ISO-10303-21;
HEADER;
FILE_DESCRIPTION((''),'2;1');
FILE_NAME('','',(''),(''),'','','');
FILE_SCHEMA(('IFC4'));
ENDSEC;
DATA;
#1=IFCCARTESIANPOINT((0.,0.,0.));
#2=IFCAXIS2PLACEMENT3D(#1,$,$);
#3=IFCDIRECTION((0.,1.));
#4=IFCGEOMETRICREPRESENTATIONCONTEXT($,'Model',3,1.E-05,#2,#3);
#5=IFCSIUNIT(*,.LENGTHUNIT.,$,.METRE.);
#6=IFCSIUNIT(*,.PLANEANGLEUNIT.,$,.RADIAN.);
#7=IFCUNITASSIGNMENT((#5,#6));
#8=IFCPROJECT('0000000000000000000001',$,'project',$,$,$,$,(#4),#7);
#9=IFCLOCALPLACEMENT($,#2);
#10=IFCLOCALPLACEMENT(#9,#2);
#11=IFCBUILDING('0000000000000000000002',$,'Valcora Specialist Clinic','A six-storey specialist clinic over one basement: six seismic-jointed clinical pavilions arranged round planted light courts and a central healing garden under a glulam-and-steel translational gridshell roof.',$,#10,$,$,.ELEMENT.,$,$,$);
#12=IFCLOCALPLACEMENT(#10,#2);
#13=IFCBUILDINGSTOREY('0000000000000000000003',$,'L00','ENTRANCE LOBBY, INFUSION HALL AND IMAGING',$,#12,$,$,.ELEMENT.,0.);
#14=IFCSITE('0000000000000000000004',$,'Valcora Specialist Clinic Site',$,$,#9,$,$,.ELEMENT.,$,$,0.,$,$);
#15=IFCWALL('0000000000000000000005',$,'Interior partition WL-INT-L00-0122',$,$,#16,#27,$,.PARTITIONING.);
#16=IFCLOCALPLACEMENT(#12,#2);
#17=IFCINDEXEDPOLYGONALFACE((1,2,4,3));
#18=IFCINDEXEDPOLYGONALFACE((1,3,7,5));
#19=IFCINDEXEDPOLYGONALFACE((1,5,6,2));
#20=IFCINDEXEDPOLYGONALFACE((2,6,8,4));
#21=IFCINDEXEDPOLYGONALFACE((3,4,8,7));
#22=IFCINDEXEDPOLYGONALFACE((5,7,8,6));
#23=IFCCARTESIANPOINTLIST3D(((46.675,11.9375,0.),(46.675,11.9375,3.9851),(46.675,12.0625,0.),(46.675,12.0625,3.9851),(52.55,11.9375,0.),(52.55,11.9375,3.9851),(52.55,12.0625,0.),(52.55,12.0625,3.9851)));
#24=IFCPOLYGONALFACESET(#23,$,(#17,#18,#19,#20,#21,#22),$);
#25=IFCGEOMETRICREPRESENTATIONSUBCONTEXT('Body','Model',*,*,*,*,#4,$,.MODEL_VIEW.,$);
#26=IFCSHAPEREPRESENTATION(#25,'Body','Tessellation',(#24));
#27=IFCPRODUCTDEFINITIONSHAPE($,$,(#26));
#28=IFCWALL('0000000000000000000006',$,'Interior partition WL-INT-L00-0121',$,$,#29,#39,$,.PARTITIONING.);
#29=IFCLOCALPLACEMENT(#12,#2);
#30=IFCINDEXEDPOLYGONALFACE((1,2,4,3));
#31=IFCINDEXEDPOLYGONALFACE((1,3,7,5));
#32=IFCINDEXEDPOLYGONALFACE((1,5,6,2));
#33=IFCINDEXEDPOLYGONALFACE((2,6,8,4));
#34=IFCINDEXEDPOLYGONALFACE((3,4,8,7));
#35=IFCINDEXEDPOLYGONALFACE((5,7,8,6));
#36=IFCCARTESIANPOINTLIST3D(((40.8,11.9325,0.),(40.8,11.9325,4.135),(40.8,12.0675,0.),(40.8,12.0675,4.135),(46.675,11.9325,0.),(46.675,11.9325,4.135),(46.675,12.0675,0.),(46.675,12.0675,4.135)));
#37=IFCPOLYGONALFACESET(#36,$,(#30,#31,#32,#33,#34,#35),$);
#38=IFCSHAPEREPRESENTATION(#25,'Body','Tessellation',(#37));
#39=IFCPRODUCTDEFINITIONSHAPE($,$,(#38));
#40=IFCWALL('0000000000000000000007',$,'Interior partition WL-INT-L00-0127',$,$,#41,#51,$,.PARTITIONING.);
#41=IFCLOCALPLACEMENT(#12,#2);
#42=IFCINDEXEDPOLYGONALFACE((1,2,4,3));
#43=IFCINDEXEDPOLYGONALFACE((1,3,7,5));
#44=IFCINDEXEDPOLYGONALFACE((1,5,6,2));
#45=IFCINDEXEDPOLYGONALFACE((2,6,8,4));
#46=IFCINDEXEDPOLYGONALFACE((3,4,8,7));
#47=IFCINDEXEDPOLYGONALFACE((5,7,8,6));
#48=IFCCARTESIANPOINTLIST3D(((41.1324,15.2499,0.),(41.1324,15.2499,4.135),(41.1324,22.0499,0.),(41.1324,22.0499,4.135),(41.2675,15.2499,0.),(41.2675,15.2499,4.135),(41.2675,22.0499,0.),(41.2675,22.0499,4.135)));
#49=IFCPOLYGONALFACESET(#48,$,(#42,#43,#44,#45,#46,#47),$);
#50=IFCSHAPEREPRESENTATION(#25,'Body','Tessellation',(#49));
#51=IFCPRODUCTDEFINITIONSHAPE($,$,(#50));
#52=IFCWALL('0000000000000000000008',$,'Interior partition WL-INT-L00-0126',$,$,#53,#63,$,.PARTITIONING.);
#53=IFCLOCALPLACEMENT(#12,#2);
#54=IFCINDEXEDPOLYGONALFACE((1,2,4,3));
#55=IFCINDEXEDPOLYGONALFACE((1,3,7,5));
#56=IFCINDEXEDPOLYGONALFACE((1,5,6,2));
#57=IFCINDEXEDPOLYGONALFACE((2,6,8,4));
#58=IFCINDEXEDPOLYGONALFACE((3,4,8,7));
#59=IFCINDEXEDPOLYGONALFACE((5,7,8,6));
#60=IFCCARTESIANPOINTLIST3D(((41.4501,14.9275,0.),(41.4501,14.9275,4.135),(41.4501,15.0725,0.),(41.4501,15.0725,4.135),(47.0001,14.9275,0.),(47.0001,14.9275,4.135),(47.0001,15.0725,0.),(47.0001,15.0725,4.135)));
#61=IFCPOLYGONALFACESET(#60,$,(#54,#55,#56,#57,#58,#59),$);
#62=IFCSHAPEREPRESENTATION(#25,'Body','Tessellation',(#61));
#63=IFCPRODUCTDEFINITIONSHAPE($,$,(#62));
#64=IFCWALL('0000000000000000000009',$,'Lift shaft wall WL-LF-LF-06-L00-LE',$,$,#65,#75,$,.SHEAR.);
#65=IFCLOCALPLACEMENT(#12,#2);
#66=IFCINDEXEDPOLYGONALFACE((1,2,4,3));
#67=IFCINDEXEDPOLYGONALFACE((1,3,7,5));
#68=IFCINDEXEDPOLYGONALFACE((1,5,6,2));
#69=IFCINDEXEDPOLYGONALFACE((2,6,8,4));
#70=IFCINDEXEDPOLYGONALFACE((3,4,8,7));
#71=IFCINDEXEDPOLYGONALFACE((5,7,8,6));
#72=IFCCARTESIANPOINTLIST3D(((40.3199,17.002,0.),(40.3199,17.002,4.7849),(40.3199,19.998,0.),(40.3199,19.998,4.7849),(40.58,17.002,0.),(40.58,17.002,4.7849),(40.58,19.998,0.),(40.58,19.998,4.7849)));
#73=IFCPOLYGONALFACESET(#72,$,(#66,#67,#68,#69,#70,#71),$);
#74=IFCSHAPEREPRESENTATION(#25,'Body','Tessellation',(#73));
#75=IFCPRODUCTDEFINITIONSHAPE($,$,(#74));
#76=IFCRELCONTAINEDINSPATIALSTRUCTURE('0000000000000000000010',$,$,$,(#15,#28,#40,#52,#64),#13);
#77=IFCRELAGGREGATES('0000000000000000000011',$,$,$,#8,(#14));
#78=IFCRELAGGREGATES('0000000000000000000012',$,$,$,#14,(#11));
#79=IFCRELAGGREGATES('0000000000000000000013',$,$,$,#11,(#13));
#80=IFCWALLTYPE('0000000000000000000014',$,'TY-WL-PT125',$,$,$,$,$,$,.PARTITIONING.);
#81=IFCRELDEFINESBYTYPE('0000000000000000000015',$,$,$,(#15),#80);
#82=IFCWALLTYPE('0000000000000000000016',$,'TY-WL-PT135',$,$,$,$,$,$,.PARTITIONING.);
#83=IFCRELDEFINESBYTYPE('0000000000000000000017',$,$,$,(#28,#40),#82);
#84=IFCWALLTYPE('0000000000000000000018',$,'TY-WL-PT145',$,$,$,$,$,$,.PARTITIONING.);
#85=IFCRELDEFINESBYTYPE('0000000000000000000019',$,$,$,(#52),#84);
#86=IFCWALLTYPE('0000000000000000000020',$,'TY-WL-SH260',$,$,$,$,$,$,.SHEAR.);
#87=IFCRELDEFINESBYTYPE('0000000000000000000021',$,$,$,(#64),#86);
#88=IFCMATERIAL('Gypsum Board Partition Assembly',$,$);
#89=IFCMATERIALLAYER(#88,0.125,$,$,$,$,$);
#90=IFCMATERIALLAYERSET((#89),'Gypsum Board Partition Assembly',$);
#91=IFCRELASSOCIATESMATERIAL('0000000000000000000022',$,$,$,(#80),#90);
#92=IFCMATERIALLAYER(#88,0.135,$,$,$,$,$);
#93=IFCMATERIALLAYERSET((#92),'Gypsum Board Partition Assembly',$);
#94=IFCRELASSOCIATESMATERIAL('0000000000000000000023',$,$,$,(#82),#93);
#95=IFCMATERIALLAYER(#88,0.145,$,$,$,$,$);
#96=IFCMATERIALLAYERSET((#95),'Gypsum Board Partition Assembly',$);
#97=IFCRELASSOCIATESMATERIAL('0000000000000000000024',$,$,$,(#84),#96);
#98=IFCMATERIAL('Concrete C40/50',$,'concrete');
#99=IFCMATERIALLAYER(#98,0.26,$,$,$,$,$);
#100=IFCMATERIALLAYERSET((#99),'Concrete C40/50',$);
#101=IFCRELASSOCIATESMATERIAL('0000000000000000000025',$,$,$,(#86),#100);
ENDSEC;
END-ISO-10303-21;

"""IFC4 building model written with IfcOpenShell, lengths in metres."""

from ifc_helpers import new_model, si_unit, direction, frame, frame_2d, origin, place, context, subcontext, project, spatial, rectangle, extrude, material, layer, layer_set, type_object, element, save


model = new_model("IFC4")

# Units and contexts
model_context = context("Model", 3, precision=1e-05, world=origin(), true_north=direction((0.0, 1.0)))
body_context = subcontext(model_context, "Body", "Model", "MODEL_VIEW")
ifc_project = project(units=[si_unit("LENGTHUNIT", "METRE"), si_unit("PLANEANGLEUNIT", "RADIAN")], contexts=[model_context])

# Site, building, storey
site_placement = place(None, origin())
site = spatial("IfcSite", under=ifc_project, at=site_placement, Name="Valcora Specialist Clinic Site", CompositionType="ELEMENT", RefElevation=0.0)
building_placement = place(site_placement, origin())
building = spatial("IfcBuilding", under=site, at=building_placement, Name="Valcora Specialist Clinic", Description="A six-storey specialist clinic over one basement: six seismic-jointed clinical pavilions arranged round planted light courts and a central healing garden under a glulam-and-steel translational gridshell roof.", CompositionType="ELEMENT")
storey_placement = place(building_placement, origin())
storey = spatial("IfcBuildingStorey", under=building, at=storey_placement, Name="L00", Description="ENTRANCE LOBBY, INFUSION HALL AND IMAGING", CompositionType="ELEMENT", Elevation=0.0)

# Shared definitions
ifc_material_1 = material(Name="Concrete C40/50", Category="concrete")

# Shared definitions
ifc_material_2 = material(Name="Gypsum Board Partition Assembly")

# Walls
ifc_layer_1 = layer(ifc_material_2, 0.125)
ifc_layer_set_1 = layer_set([ifc_layer_1], Name="Gypsum Board Partition Assembly")
wall_type_1 = type_object("IfcWallType", Name="TY-WL-PT125", PredefinedType="PARTITIONING", material=ifc_layer_set_1)
wall_1_placement = place(storey_placement, frame((46.675, 12.0, 0.0), z_axis=(0.0, 0.0, 1.0), x_axis=(1.0, 0.0, 0.0)))
element("IfcWall", 1, at=wall_1_placement, inside=storey, type_object=wall_type_1, Name="Interior partition WL-INT-L00-0122", PredefinedType="PARTITIONING", context=body_context, shape_type="SweptSolid", body=[
    extrude(rectangle(XDim=5.875, YDim=0.125, at=frame_2d((2.9375, 0.0))), origin(), (0.0, 0.0, 1.0), 3.9851),
])
ifc_layer_2 = layer(ifc_material_2, 0.135)
ifc_layer_set_2 = layer_set([ifc_layer_2], Name="Gypsum Board Partition Assembly")
wall_type_2 = type_object("IfcWallType", Name="TY-WL-PT135", PredefinedType="PARTITIONING", material=ifc_layer_set_2)
wall_2_placement = place(storey_placement, frame((40.8, 12.0, 0.0), z_axis=(0.0, 0.0, 1.0), x_axis=(1.0, 0.0, 0.0)))
element("IfcWall", 2, at=wall_2_placement, inside=storey, type_object=wall_type_2, Name="Interior partition WL-INT-L00-0121", PredefinedType="PARTITIONING", context=body_context, shape_type="SweptSolid", body=[
    extrude(rectangle(XDim=5.875, YDim=0.135, at=frame_2d((2.9375, 0.0))), origin(), (0.0, 0.0, 1.0), 4.135),
])
wall_3_placement = place(storey_placement, frame((41.2, 15.25, 0.0), z_axis=(0.0, 0.0, 1.0), x_axis=(0.0, 1.0, 0.0)))
element("IfcWall", 3, at=wall_3_placement, inside=storey, type_object=wall_type_2, Name="Interior partition WL-INT-L00-0127", PredefinedType="PARTITIONING", context=body_context, shape_type="SweptSolid", body=[
    extrude(rectangle(XDim=6.8, YDim=0.135, at=frame_2d((3.3999, 0.0))), origin(), (0.0, 0.0, 1.0), 4.135),
])
ifc_layer_3 = layer(ifc_material_2, 0.145)
ifc_layer_set_3 = layer_set([ifc_layer_3], Name="Gypsum Board Partition Assembly")
wall_type_3 = type_object("IfcWallType", Name="TY-WL-PT145", PredefinedType="PARTITIONING", material=ifc_layer_set_3)
wall_4_placement = place(storey_placement, frame((47.0, 15.0, 0.0), z_axis=(0.0, 0.0, 1.0), x_axis=(-1.0, 0.0, 0.0)))
element("IfcWall", 4, at=wall_4_placement, inside=storey, type_object=wall_type_3, Name="Interior partition WL-INT-L00-0126", PredefinedType="PARTITIONING", context=body_context, shape_type="SweptSolid", body=[
    extrude(rectangle(XDim=5.55, YDim=0.145, at=frame_2d((2.7749, 0.0))), origin(), (0.0, 0.0, 1.0), 4.135),
])
ifc_layer_4 = layer(ifc_material_1, 0.26)
ifc_layer_set_4 = layer_set([ifc_layer_4], Name="Concrete C40/50")
wall_type_4 = type_object("IfcWallType", Name="TY-WL-SH260", PredefinedType="SHEAR", material=ifc_layer_set_4)
wall_5_placement = place(storey_placement, frame((40.45, 17.002, 0.0), z_axis=(0.0, 0.0, 1.0), x_axis=(0.0, 1.0, 0.0)))
element("IfcWall", 5, at=wall_5_placement, inside=storey, type_object=wall_type_4, Name="Lift shaft wall WL-LF-LF-06-L00-LE", PredefinedType="SHEAR", context=body_context, shape_type="SweptSolid", body=[
    extrude(rectangle(XDim=2.9961, YDim=0.26, at=frame_2d((1.498, 0.0))), origin(), (0.0, 0.0, 1.0), 4.7849),
])

save(model, "model.ifc")
